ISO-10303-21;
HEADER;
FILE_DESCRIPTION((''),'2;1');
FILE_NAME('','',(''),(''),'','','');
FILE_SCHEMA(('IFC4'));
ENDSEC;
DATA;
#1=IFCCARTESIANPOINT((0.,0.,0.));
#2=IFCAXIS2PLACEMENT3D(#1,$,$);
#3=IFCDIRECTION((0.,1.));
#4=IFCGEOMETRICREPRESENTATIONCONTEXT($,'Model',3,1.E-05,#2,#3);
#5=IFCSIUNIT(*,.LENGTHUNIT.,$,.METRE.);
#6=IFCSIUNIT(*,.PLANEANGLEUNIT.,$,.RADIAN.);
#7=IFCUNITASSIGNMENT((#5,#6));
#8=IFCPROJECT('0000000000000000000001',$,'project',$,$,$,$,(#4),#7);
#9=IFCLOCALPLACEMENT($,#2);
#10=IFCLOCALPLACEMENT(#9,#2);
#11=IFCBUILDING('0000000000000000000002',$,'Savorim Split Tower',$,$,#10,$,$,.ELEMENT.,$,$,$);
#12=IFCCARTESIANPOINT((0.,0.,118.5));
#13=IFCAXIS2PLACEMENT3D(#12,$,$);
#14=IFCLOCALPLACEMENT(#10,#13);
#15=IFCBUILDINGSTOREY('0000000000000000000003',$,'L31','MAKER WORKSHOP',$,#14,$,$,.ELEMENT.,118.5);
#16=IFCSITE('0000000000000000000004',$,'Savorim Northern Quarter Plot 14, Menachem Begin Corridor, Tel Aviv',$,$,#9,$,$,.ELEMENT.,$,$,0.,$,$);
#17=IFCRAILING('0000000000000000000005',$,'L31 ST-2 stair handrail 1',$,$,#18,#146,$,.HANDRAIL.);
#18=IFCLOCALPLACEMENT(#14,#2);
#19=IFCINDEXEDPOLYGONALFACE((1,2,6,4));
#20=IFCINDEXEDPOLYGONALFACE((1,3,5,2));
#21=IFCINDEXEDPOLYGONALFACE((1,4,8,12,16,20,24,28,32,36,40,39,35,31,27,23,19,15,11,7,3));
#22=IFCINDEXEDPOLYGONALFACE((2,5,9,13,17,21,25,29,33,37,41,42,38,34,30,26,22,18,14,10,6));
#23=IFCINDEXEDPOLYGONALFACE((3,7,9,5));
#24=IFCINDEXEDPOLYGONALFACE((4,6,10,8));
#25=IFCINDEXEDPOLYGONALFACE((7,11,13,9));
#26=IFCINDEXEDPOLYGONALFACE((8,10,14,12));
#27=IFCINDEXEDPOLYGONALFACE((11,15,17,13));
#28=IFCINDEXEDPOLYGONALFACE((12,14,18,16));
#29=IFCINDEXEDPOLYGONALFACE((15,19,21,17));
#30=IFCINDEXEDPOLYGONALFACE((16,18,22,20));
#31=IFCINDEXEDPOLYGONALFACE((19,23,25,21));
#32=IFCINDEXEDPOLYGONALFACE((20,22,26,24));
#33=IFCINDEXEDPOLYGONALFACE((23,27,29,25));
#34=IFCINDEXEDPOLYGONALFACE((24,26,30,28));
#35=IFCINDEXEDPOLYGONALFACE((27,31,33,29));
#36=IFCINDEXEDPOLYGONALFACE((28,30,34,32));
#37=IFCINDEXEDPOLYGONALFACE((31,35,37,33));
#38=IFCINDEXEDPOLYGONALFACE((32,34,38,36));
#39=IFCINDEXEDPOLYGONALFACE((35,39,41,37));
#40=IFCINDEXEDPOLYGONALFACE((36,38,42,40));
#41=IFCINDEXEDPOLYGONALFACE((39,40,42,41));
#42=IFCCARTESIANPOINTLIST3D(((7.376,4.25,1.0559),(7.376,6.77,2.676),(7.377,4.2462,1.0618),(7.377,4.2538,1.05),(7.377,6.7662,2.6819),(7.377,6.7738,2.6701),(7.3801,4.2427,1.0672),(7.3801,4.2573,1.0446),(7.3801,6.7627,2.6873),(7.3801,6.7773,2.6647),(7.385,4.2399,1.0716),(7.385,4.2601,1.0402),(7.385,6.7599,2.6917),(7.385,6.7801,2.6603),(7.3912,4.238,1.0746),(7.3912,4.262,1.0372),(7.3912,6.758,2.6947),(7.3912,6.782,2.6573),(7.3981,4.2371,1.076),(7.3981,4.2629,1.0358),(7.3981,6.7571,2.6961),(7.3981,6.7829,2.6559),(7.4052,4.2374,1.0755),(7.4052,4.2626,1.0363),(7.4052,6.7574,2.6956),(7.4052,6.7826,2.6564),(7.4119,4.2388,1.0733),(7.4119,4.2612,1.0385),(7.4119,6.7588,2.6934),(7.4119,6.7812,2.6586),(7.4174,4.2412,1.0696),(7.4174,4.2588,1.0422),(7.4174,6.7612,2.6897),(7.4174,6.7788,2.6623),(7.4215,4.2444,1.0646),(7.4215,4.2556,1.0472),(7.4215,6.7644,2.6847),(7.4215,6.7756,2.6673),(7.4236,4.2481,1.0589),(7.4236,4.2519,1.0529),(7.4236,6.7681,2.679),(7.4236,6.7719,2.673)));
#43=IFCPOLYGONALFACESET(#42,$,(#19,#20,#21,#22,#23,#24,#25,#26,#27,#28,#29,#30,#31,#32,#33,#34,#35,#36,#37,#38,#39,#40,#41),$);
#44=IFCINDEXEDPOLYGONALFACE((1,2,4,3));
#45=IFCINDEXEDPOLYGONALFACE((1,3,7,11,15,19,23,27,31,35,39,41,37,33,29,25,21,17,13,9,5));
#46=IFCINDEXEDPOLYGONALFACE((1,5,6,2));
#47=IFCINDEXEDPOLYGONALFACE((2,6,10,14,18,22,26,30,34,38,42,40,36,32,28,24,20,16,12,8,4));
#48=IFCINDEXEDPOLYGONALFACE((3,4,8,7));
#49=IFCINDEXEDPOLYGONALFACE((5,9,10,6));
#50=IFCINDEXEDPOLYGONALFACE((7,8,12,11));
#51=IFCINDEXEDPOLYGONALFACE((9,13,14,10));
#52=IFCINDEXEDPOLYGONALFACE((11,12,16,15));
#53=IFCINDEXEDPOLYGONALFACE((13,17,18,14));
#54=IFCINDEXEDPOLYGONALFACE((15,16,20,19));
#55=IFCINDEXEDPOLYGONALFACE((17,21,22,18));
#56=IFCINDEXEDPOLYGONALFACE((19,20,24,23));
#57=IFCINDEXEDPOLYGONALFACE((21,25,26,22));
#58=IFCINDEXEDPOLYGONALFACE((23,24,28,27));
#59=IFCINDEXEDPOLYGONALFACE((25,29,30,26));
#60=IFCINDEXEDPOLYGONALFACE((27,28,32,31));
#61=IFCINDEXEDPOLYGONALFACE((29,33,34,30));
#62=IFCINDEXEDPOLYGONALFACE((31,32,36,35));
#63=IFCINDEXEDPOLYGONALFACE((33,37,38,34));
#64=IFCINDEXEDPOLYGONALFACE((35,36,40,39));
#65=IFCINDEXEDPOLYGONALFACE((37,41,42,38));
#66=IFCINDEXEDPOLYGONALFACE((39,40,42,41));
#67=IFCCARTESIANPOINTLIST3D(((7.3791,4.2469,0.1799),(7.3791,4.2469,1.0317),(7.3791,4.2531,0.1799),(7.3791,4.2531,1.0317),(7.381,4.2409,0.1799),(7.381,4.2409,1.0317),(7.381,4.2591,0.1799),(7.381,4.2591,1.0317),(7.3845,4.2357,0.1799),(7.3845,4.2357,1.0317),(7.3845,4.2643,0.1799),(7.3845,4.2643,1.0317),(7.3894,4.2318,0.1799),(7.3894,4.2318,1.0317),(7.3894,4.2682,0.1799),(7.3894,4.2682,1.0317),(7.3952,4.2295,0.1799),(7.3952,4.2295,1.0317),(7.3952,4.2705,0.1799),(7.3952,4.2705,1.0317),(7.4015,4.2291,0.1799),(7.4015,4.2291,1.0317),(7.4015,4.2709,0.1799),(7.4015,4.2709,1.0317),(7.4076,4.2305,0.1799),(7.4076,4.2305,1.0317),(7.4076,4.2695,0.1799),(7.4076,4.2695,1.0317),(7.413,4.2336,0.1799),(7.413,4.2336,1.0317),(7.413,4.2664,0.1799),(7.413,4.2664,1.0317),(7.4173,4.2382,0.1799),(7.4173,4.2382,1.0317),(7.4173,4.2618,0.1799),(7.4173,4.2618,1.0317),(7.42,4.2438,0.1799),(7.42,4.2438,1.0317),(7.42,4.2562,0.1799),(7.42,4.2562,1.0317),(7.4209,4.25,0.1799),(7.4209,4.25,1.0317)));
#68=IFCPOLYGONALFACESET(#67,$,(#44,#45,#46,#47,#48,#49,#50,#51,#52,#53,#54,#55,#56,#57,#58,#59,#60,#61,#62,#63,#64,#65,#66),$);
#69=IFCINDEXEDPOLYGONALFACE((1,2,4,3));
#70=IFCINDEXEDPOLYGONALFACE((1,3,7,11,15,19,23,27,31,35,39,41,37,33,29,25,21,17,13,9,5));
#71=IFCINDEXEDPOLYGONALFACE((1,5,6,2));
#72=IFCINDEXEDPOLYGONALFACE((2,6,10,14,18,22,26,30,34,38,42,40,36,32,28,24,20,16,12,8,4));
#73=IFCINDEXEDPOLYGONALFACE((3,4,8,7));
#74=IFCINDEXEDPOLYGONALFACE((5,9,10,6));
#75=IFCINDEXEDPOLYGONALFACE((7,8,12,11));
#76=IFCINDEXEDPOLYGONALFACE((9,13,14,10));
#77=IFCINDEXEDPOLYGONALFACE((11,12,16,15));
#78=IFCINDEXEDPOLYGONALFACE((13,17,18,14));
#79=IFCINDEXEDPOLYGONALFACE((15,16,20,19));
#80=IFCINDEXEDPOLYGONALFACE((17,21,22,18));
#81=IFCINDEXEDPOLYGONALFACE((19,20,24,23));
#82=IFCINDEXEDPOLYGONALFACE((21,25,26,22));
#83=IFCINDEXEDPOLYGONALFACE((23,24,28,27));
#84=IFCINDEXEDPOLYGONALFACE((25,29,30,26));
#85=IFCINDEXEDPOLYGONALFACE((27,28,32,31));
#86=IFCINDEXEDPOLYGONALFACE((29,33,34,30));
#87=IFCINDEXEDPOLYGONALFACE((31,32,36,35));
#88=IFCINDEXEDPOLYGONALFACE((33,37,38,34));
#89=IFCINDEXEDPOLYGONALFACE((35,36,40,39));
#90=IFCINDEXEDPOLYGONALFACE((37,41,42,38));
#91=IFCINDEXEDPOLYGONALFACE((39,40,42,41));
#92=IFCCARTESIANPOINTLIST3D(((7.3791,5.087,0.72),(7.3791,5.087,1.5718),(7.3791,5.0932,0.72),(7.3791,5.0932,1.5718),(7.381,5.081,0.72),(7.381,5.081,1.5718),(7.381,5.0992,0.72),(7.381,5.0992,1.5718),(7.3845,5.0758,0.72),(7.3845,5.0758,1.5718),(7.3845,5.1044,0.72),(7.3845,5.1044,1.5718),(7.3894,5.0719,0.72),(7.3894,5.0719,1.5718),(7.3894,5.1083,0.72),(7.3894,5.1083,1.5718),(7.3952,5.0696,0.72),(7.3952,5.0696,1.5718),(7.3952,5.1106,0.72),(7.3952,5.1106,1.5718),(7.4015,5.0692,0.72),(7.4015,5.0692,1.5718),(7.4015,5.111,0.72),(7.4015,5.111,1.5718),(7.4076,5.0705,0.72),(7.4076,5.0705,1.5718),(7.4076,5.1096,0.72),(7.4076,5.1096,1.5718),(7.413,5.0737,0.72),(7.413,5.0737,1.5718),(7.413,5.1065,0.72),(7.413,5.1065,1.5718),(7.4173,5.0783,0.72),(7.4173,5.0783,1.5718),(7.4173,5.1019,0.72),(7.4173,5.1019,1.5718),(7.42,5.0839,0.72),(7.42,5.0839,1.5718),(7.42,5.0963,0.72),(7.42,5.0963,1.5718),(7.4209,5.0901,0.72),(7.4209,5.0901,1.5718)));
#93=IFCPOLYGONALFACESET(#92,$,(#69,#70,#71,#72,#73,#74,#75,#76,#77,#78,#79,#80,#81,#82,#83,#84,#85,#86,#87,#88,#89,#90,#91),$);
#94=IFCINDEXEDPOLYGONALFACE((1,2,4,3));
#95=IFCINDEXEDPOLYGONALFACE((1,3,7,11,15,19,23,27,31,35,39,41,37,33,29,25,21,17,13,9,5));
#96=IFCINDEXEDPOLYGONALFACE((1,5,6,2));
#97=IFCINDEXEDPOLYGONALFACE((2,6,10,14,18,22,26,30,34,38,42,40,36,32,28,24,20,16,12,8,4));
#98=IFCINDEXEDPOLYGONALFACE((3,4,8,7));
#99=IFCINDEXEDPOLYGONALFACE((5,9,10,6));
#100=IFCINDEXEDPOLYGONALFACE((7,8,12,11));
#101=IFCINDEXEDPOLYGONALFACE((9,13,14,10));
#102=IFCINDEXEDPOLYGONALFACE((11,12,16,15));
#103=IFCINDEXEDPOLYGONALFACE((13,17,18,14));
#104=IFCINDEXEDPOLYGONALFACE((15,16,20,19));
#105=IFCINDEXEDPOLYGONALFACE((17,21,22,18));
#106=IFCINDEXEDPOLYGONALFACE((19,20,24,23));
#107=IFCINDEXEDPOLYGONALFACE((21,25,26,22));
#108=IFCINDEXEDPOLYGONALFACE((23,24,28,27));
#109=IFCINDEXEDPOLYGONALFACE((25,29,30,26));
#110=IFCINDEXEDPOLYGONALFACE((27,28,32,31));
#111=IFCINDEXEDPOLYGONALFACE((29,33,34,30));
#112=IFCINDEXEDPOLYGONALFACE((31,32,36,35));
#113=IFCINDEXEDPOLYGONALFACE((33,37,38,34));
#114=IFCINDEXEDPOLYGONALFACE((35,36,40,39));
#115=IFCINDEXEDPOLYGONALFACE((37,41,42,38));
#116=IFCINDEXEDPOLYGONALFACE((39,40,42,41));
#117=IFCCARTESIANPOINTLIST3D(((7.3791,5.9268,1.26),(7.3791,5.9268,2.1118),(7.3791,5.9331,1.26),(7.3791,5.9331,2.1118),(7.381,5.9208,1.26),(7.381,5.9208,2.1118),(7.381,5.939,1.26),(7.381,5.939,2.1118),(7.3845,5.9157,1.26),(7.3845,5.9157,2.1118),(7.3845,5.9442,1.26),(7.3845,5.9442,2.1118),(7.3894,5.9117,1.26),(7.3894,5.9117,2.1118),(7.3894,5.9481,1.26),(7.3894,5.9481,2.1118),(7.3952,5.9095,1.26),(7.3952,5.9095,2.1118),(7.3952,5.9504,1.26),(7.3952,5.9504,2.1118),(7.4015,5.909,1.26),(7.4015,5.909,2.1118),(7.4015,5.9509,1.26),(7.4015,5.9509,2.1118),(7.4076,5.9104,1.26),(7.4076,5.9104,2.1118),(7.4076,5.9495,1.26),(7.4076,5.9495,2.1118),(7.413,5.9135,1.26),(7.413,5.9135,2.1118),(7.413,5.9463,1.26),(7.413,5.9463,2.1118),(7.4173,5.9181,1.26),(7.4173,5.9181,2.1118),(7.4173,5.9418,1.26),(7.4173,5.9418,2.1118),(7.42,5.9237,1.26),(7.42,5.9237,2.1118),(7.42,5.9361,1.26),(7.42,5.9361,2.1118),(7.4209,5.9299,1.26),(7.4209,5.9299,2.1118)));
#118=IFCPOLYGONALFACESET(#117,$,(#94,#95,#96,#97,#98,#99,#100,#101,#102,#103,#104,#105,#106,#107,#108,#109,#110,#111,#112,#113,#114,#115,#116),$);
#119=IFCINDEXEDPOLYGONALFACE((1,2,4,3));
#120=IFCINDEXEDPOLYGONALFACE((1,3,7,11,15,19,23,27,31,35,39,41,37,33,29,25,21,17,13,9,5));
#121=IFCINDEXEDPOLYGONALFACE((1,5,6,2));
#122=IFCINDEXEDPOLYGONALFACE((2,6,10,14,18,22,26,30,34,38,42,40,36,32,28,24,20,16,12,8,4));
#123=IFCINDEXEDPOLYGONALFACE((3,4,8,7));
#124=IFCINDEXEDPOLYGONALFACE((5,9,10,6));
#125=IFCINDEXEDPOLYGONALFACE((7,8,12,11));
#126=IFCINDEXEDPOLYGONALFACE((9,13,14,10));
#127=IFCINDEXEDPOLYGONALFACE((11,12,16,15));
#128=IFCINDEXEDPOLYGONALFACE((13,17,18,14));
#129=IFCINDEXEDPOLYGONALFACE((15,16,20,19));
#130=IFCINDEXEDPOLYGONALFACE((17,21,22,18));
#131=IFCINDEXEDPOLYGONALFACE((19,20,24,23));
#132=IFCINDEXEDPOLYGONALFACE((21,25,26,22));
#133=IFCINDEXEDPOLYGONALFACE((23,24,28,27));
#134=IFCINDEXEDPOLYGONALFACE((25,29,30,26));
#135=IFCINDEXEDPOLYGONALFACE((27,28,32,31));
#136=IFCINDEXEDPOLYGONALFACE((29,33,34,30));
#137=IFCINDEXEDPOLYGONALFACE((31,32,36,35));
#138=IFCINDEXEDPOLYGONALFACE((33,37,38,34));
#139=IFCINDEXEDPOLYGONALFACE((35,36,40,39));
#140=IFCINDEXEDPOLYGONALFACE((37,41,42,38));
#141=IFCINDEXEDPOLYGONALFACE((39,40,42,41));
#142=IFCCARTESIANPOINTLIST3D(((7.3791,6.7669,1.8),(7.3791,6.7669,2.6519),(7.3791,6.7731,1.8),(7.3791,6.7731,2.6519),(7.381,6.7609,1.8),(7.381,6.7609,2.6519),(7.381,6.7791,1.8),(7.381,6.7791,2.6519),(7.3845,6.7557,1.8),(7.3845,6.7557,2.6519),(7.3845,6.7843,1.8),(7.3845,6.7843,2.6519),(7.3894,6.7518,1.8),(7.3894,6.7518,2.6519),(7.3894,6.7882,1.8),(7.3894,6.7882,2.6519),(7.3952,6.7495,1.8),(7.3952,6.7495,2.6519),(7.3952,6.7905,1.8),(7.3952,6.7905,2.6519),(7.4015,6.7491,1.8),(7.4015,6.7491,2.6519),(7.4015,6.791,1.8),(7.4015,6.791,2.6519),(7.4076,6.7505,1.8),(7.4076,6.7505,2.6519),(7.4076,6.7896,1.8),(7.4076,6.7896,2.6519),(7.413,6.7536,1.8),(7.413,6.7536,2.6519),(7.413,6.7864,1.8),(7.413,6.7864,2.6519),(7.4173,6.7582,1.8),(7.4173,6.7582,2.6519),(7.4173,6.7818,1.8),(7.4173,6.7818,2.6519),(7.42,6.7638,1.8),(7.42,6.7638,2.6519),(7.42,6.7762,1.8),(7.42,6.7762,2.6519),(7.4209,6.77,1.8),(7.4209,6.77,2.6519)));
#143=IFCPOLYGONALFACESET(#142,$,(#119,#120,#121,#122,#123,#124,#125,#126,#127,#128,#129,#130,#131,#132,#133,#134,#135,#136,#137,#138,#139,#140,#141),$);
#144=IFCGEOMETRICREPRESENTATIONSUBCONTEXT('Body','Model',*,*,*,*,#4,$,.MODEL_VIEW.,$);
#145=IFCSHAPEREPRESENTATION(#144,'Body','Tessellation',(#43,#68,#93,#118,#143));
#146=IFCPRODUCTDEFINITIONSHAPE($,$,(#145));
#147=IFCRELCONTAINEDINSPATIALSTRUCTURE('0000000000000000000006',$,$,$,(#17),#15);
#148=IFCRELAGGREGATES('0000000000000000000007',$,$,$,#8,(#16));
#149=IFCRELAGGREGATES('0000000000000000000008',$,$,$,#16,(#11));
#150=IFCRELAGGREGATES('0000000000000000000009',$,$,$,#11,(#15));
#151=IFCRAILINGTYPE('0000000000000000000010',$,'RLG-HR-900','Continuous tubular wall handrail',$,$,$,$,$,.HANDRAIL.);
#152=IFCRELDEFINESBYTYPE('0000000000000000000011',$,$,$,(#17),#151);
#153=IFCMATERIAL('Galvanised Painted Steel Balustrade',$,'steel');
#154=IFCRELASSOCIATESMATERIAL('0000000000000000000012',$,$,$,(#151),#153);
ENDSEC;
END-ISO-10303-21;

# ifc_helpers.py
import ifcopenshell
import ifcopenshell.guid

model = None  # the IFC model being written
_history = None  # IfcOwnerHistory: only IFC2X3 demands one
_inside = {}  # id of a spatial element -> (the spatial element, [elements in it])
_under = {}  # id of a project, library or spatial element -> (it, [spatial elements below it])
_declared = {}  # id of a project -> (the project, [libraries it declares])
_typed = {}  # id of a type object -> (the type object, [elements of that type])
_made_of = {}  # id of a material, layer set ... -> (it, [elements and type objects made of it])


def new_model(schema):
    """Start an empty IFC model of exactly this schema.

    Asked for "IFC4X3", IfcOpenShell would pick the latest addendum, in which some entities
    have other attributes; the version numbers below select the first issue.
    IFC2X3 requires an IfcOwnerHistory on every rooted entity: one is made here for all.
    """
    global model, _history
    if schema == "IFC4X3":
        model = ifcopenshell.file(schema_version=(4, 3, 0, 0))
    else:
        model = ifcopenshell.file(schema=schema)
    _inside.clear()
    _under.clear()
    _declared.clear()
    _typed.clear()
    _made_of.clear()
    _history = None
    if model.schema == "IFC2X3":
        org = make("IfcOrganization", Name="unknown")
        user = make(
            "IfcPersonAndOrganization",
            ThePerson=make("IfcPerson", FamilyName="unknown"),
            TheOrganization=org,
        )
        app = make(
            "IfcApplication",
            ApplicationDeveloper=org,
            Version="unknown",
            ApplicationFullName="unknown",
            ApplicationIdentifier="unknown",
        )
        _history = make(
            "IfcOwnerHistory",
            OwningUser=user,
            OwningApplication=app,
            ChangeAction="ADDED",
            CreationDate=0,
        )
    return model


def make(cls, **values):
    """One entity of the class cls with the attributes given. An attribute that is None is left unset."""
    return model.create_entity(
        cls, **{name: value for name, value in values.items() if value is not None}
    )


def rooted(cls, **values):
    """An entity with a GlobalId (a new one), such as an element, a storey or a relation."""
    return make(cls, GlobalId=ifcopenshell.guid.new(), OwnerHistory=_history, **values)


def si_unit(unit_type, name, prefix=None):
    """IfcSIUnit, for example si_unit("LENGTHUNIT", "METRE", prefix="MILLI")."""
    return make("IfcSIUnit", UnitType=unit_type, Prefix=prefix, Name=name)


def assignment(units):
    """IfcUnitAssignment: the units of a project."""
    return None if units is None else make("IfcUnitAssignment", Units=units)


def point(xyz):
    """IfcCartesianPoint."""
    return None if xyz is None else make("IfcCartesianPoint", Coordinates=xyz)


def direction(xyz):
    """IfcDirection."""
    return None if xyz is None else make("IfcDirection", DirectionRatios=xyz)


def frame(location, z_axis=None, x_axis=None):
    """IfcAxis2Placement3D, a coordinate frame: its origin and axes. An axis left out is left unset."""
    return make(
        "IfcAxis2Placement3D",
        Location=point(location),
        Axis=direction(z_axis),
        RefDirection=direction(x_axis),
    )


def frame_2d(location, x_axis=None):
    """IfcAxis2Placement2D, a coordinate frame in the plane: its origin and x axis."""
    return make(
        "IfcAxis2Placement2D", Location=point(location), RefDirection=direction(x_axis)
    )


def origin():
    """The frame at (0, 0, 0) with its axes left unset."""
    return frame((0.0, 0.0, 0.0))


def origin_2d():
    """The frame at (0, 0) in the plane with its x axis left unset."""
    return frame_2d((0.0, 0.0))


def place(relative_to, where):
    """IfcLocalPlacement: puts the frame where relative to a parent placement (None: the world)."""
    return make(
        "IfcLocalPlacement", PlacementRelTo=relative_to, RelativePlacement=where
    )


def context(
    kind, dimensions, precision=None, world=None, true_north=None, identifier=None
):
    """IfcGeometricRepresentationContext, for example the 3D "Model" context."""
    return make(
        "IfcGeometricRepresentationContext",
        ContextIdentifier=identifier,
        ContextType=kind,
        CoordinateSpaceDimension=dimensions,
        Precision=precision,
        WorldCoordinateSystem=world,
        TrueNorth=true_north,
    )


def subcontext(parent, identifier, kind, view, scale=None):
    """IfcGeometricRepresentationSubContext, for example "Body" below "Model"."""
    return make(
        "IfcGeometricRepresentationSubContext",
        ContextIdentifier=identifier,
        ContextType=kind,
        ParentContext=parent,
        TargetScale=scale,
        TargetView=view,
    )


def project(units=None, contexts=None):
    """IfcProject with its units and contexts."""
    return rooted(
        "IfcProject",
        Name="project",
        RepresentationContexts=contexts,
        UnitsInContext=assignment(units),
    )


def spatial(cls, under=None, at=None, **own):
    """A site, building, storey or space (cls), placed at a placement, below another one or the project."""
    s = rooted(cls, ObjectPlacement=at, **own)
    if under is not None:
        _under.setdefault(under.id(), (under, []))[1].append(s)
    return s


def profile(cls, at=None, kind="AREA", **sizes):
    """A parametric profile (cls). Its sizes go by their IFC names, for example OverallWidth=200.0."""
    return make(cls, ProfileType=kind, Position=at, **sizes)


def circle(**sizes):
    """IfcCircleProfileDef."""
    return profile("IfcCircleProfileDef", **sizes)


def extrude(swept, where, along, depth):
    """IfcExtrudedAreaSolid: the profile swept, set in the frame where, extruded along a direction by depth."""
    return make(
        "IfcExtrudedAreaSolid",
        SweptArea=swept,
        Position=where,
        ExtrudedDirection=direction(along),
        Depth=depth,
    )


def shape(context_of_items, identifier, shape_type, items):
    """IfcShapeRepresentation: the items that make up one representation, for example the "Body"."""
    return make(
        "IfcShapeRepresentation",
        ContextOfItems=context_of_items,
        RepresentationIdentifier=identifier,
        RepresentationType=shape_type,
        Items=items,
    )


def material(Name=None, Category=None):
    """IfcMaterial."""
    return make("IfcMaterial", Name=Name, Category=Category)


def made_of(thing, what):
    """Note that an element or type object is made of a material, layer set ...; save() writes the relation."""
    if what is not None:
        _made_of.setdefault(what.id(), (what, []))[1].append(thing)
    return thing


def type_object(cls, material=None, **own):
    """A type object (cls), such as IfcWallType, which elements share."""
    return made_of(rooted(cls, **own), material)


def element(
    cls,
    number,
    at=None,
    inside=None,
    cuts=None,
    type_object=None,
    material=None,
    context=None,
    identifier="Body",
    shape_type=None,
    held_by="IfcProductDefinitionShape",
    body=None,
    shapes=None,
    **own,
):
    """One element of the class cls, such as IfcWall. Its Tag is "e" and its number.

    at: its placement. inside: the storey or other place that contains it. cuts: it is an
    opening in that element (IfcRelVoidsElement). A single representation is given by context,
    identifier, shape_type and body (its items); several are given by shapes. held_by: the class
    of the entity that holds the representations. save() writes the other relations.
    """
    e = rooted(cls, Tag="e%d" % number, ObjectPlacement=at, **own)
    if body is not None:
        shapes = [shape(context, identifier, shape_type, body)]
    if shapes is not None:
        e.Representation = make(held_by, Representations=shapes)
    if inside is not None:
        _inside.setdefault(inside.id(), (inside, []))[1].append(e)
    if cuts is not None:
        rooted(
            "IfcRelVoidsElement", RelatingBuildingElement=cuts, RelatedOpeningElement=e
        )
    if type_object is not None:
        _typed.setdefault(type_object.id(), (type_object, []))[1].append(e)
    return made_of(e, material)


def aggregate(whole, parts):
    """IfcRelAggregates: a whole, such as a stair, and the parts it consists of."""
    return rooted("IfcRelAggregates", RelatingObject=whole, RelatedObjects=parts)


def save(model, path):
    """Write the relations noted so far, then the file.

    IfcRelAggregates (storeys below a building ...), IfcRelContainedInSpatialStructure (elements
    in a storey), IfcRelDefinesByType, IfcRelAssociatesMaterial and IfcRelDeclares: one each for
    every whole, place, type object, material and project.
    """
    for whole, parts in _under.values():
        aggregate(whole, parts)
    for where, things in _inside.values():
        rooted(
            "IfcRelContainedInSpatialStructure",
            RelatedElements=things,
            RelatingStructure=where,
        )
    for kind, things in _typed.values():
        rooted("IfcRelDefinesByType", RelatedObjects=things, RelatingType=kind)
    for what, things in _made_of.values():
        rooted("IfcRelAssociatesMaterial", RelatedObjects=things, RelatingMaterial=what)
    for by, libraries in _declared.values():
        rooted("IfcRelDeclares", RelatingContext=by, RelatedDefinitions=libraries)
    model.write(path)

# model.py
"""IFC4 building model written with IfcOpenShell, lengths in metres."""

from ifc_helpers import new_model, si_unit, direction, frame, origin, origin_2d, place, context, subcontext, project, spatial, circle, extrude, material, type_object, element, save


model = new_model("IFC4")

# Units and contexts
model_context = context("Model", 3, precision=1e-05, world=origin(), true_north=direction((0.0, 1.0)))
body_context = subcontext(model_context, "Body", "Model", "MODEL_VIEW")
ifc_project = project(units=[si_unit("LENGTHUNIT", "METRE"), si_unit("PLANEANGLEUNIT", "RADIAN")], contexts=[model_context])

# Site, building, storey
site_placement = place(None, origin())
site = spatial("IfcSite", under=ifc_project, at=site_placement, Name="Savorim Northern Quarter Plot 14, Menachem Begin Corridor, Tel Aviv", CompositionType="ELEMENT", RefElevation=0.0)
building_placement = place(site_placement, origin())
building = spatial("IfcBuilding", under=site, at=building_placement, Name="Savorim Split Tower", CompositionType="ELEMENT")
storey_placement = place(building_placement, frame((0.0, 0.0, 118.5)))
storey = spatial("IfcBuildingStorey", under=building, at=storey_placement, Name="L31", Description="MAKER WORKSHOP", CompositionType="ELEMENT", Elevation=118.5)

# Railing
ifc_material_1 = material(Name="Galvanised Painted Steel Balustrade", Category="steel")
railing_type_1 = type_object("IfcRailingType", Name="RLG-HR-900", Description="Continuous tubular wall handrail", PredefinedType="HANDRAIL", material=ifc_material_1)
railing_1_placement = place(storey_placement, frame((7.3999, 4.25, 0.1799)))
element("IfcRailing", 1, at=railing_1_placement, inside=storey, type_object=railing_type_1, Name="L31 ST-2 stair handrail 1", PredefinedType="HANDRAIL", context=body_context, shape_type="SweptSolid", body=[
    extrude(circle(Radius=0.0239, at=origin_2d()), frame((0.0, 0.0, 0.876), z_axis=(0.0, 0.841163, 0.540782), x_axis=(-1.0, 0.0, 0.0)), (0.0, 0.0, 1.0), 2.9958),
    extrude(circle(Radius=0.021, at=origin_2d()), origin(), (0.0, 0.0, 1.0), 0.8518),
    extrude(circle(Radius=0.021, at=origin_2d()), frame((0.0, 0.8401, 0.54)), (0.0, 0.0, 1.0), 0.8518),
    extrude(circle(Radius=0.021, at=origin_2d()), frame((0.0, 1.6799, 1.0801)), (0.0, 0.0, 1.0), 0.8518),
    extrude(circle(Radius=0.021, at=origin_2d()), frame((0.0, 2.52, 1.6201)), (0.0, 0.0, 1.0), 0.8518),
])

save(model, "model.ifc")
